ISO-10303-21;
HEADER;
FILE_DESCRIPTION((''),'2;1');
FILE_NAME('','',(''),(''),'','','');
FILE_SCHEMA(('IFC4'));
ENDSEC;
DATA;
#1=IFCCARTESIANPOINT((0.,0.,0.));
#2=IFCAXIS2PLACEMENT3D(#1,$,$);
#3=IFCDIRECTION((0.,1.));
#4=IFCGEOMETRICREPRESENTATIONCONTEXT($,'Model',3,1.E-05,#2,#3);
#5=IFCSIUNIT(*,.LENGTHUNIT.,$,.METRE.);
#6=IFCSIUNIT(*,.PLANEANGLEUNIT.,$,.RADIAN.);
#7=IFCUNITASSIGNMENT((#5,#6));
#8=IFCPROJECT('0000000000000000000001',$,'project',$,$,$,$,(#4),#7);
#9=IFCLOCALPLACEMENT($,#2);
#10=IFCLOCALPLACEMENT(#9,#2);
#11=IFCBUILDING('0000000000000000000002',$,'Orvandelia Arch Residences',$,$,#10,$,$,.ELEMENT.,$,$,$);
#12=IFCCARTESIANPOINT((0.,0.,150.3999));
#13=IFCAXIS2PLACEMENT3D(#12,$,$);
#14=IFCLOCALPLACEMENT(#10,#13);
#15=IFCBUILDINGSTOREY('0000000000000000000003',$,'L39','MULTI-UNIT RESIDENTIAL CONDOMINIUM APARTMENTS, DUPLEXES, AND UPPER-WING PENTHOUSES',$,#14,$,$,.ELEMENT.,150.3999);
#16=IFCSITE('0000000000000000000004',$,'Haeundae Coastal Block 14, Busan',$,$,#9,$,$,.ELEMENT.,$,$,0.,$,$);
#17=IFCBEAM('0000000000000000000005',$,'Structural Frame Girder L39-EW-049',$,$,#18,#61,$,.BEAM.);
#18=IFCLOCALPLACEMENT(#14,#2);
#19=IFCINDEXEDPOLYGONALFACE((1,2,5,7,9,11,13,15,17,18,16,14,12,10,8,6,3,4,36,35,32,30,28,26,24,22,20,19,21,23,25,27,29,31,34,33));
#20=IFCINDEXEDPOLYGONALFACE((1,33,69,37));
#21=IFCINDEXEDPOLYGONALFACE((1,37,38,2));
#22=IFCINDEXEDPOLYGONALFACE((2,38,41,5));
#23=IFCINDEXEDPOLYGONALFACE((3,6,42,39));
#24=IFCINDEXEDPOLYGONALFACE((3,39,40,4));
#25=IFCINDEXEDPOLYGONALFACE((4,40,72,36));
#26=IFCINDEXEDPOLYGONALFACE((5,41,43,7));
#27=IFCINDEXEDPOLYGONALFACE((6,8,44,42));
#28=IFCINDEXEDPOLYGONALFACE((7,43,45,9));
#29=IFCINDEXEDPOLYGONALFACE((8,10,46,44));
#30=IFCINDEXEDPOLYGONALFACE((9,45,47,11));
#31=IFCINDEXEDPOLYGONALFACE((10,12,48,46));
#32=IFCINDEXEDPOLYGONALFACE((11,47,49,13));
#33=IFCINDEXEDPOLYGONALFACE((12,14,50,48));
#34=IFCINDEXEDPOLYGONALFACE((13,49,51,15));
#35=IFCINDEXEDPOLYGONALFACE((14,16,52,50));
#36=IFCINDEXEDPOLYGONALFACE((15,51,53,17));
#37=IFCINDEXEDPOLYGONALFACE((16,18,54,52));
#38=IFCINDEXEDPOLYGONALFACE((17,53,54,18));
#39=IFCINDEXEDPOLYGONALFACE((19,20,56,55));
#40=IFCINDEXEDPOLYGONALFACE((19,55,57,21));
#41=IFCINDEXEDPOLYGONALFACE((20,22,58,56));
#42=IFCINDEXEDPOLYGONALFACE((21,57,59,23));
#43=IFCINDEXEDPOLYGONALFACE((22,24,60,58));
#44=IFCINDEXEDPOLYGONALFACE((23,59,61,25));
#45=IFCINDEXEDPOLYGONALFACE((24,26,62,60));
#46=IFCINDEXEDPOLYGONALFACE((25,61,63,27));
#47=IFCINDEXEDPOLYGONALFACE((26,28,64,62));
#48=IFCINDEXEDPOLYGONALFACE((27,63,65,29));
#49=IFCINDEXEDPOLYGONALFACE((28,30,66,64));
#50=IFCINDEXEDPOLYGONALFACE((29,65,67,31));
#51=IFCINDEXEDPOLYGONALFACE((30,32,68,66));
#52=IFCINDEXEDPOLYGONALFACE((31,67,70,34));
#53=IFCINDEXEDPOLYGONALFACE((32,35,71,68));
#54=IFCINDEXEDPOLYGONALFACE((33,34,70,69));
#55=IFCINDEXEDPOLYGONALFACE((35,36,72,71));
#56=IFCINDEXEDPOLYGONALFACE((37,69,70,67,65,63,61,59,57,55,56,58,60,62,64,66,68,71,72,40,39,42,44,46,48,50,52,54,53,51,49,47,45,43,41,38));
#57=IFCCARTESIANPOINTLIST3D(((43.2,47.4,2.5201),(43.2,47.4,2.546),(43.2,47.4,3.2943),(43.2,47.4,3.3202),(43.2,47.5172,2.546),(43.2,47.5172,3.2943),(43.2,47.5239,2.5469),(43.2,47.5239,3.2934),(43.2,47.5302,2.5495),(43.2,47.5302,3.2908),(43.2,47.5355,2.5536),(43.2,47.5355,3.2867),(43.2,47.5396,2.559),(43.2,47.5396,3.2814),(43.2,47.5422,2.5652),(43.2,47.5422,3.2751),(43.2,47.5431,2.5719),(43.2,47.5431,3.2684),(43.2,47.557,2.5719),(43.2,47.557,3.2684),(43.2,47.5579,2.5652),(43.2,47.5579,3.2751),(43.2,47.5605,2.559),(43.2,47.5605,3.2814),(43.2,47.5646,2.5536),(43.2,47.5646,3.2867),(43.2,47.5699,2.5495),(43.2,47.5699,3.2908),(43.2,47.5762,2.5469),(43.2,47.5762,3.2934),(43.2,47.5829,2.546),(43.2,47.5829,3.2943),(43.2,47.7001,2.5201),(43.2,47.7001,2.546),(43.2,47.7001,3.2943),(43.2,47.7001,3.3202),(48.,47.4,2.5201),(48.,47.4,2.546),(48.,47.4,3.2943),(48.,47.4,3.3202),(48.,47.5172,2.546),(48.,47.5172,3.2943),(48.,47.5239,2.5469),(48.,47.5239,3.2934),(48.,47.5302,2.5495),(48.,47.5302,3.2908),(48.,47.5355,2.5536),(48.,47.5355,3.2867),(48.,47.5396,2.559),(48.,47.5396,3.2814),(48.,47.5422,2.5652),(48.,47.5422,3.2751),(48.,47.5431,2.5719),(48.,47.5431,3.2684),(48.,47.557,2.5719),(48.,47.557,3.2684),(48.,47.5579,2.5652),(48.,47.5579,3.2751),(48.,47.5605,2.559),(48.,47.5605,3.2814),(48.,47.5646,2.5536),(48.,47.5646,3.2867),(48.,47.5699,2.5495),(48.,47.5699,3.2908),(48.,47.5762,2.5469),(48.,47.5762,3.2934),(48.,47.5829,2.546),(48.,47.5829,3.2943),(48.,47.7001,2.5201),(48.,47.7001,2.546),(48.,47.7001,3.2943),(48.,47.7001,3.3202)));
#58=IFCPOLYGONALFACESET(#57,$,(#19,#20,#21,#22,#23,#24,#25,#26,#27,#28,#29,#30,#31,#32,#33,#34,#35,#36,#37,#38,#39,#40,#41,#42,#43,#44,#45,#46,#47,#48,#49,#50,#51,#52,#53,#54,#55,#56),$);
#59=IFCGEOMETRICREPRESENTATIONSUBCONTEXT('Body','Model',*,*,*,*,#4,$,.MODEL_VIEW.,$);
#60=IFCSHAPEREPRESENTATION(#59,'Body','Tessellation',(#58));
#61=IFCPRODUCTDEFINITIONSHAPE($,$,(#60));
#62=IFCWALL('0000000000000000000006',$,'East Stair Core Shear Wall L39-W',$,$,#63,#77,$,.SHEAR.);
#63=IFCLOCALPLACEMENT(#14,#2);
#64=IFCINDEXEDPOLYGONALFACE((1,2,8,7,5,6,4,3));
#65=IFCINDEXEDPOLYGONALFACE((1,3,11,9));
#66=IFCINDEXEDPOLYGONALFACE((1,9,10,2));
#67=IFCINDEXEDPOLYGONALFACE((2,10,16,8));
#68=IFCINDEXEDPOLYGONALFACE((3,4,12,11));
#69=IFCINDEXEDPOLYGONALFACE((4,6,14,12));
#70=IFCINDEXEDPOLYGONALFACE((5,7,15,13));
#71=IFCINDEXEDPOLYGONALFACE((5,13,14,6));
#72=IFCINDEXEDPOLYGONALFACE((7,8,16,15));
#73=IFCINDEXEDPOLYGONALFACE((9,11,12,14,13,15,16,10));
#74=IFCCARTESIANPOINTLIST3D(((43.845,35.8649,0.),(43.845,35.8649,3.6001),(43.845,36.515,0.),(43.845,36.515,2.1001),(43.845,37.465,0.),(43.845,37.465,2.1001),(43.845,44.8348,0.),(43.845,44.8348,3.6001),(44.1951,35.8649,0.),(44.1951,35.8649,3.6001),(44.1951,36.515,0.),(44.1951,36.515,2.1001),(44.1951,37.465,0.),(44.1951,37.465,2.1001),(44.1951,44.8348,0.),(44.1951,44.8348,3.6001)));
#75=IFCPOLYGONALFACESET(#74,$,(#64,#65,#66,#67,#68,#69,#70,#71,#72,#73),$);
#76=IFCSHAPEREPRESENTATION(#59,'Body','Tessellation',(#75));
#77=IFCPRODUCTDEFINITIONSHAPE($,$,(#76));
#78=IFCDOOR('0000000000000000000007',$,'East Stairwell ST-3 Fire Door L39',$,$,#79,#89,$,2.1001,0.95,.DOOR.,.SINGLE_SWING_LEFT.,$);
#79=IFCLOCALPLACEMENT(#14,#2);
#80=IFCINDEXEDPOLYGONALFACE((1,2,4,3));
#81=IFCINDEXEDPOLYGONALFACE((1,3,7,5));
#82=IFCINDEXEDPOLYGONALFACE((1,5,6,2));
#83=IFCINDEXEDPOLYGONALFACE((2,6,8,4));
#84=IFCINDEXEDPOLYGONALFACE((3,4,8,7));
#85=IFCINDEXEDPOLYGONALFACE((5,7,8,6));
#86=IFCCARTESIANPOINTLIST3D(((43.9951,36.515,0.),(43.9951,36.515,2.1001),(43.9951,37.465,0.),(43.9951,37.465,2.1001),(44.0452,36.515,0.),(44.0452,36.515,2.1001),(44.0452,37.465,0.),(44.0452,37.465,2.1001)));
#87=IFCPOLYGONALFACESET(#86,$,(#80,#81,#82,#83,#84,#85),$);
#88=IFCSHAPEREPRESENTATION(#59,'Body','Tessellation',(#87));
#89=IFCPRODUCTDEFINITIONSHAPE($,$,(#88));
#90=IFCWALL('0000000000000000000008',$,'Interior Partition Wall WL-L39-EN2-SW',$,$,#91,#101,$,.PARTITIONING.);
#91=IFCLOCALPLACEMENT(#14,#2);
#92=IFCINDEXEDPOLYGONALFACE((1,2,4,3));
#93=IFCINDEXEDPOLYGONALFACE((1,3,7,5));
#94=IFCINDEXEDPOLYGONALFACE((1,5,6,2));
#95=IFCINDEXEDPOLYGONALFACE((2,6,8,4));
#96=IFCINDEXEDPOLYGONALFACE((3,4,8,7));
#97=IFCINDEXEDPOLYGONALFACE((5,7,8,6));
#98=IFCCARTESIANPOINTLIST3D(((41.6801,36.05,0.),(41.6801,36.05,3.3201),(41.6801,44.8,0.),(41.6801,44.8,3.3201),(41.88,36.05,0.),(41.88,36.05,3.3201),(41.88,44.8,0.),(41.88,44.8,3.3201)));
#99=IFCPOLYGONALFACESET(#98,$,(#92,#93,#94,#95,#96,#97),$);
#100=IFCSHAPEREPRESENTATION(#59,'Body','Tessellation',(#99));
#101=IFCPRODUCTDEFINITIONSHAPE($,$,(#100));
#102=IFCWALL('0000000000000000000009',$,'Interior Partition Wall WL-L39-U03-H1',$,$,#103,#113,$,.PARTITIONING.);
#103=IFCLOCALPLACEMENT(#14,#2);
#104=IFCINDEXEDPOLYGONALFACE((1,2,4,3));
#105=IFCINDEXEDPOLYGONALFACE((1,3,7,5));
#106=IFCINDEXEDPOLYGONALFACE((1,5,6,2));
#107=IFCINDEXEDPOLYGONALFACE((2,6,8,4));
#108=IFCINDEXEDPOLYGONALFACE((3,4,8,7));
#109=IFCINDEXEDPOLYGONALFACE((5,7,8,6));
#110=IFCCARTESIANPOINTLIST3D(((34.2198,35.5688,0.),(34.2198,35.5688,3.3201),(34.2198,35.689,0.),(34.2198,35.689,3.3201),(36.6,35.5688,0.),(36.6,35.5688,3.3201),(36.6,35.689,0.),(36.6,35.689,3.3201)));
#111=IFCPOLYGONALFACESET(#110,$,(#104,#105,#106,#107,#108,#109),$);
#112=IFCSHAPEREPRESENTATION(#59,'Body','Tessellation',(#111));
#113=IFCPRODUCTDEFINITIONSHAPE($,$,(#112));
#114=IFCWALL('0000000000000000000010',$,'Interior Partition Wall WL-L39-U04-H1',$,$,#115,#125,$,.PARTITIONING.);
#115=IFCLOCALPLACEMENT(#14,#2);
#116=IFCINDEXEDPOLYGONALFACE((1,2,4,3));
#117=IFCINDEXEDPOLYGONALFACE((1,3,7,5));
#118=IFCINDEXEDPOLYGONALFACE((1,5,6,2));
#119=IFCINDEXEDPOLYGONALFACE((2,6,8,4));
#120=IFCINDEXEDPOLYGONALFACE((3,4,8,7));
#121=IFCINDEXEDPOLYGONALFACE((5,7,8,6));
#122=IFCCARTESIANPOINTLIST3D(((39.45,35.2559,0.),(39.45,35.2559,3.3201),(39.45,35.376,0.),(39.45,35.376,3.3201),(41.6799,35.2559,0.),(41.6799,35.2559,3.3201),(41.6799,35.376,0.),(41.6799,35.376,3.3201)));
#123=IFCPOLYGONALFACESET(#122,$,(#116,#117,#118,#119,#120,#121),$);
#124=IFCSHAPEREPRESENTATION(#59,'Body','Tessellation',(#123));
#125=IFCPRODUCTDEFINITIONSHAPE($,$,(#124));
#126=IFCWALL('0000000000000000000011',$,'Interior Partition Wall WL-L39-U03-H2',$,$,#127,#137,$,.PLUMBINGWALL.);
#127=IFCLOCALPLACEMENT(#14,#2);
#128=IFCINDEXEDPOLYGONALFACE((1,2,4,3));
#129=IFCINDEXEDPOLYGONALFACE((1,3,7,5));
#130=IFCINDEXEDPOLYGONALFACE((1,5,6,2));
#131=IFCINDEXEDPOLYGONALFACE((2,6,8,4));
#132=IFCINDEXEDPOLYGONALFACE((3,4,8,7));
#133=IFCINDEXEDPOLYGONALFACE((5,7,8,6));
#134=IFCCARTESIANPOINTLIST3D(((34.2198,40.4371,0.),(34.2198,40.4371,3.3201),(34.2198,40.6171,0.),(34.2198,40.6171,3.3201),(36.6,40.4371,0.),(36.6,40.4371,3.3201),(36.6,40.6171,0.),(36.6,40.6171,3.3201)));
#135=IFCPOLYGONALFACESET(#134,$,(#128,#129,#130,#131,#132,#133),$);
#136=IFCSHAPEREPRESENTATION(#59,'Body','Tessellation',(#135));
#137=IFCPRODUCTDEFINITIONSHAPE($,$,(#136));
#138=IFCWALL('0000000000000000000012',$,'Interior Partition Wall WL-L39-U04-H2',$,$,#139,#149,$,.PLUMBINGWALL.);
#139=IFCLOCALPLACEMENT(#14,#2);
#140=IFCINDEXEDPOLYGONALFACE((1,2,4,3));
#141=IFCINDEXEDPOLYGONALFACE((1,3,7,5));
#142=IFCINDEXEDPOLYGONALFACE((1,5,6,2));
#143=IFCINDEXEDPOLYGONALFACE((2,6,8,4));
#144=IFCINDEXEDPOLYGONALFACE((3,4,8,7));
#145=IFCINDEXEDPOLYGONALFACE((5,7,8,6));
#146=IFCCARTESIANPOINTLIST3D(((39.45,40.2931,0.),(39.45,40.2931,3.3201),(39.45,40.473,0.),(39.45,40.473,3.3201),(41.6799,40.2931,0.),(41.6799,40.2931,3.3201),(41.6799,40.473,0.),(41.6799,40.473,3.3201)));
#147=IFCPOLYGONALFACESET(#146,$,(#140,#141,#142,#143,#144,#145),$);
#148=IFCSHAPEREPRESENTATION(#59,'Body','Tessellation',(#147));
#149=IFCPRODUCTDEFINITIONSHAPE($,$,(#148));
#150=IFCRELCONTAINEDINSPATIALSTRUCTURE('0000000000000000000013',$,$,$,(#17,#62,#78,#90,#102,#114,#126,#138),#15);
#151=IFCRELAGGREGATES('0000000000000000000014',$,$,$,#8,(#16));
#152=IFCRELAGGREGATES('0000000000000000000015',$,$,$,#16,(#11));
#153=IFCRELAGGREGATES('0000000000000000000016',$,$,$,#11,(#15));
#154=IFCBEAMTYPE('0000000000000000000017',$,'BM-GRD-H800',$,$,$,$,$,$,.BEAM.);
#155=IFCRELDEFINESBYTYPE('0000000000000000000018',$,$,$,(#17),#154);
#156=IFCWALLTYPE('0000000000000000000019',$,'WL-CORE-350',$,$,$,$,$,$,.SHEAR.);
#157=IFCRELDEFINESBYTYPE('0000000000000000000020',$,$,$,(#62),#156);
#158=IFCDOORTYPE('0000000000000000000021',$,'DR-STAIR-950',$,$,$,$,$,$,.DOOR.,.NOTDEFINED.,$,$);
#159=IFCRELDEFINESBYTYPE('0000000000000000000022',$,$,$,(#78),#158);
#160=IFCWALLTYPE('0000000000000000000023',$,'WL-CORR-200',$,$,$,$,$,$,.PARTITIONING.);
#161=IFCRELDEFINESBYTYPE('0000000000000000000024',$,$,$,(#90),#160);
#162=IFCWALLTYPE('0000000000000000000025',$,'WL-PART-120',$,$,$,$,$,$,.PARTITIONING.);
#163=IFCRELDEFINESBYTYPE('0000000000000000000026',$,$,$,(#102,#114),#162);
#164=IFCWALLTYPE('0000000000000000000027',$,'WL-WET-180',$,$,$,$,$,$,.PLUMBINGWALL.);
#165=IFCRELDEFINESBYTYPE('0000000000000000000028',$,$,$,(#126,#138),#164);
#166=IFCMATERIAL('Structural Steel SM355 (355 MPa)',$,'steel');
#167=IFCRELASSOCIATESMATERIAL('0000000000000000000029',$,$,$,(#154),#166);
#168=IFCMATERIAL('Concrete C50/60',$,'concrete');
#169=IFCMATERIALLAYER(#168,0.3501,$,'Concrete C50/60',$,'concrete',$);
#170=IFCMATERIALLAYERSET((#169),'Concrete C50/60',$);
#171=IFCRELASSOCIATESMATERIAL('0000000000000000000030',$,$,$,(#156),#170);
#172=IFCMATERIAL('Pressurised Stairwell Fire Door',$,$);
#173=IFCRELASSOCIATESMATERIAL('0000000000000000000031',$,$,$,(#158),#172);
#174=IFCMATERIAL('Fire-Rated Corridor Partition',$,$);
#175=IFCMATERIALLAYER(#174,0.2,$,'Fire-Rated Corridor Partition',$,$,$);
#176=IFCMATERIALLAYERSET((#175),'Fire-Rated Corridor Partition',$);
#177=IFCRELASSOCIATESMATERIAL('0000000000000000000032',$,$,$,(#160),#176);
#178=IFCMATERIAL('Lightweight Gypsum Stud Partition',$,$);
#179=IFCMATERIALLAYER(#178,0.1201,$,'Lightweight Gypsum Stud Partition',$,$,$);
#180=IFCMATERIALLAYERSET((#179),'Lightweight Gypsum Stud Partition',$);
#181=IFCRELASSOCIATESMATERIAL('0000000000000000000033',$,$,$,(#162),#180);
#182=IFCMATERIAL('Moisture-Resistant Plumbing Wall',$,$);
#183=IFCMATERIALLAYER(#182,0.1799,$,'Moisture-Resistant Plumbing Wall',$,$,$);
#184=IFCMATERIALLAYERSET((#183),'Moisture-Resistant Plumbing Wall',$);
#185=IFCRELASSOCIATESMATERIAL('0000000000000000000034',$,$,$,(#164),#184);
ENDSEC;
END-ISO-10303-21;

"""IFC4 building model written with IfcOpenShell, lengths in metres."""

from ifc_helpers import new_model, si_unit, direction, frame, frame_2d, origin, origin_2d, place, context, subcontext, project, spatial, rectangle, i_section, extrude, material, layer, layer_set, material_profile, profile_set, type_object, element, fill, save


model = new_model("IFC4")

# Units and contexts
model_context = context("Model", 3, precision=1e-05, world=origin(), true_north=direction((0.0, 1.0)))
body_context = subcontext(model_context, "Body", "Model", "MODEL_VIEW")
ifc_project = project(units=[si_unit("LENGTHUNIT", "METRE"), si_unit("PLANEANGLEUNIT", "RADIAN")], contexts=[model_context])

# Site, building, storey
site_placement = place(None, origin())
site = spatial("IfcSite", under=ifc_project, at=site_placement, Name="Haeundae Coastal Block 14, Busan", CompositionType="ELEMENT", RefElevation=0.0)
building_placement = place(site_placement, origin())
building = spatial("IfcBuilding", under=site, at=building_placement, Name="Orvandelia Arch Residences", CompositionType="ELEMENT")
storey_placement = place(building_placement, frame((0.0, 0.0, 150.3999)))
storey = spatial("IfcBuildingStorey", under=building, at=storey_placement, Name="L39", Description="MULTI-UNIT RESIDENTIAL CONDOMINIUM APARTMENTS, DUPLEXES, AND UPPER-WING PENTHOUSES", CompositionType="ELEMENT", Elevation=150.3999)

# Beam
ifc_material_1 = material(Name="Structural Steel SM355 (355 MPa)", Category="steel")
ifc_material_profile_1 = material_profile(ifc_material_1, i_section(OverallWidth=0.3, OverallDepth=0.8, WebThickness=0.0139, FlangeThickness=0.0259, FilletRadius=0.0259, at=origin_2d()), Name="Structural Steel SM355 (355 MPa)", Category="steel")
ifc_profile_set_1 = profile_set([ifc_material_profile_1], Name="Structural Steel SM355 (355 MPa)")
beam_type = type_object("IfcBeamType", Name="BM-GRD-H800", PredefinedType="BEAM", material=ifc_profile_set_1)
for number, where, z_axis, x_axis, name in (
    (1, (43.2, 47.55, 2.9202), (1.0, 0.0, 0.0), (0.0, 1.0, 0.0), "Structural Frame Girder L39-EW-049"),
):
    element("IfcBeam", number, at=place(storey_placement, frame(where, z_axis=z_axis, x_axis=x_axis)), inside=storey, type_object=beam_type, Name=name, PredefinedType="BEAM", context=body_context, shape_type="SweptSolid", body=[
        extrude(i_section(OverallWidth=0.3, OverallDepth=0.8, WebThickness=0.0139, FlangeThickness=0.0259, FilletRadius=0.0259, at=origin_2d()), origin(), (0.0, 0.0, 1.0), 4.8),
    ])

# Wall, opening, door
ifc_material_2 = material(Name="Concrete C50/60", Category="concrete")
ifc_layer_1 = layer(ifc_material_2, 0.3501, Name="Concrete C50/60", Category="concrete")
ifc_layer_set_1 = layer_set([ifc_layer_1], Name="Concrete C50/60")
wall_type_1 = type_object("IfcWallType", Name="WL-CORE-350", PredefinedType="SHEAR", material=ifc_layer_set_1)
wall_1_placement = place(storey_placement, frame((44.02, 35.865, 0.0), z_axis=(0.0, 0.0, 1.0), x_axis=(0.0, 1.0, 0.0)))
wall_1 = element("IfcWall", 2, at=wall_1_placement, inside=storey, type_object=wall_type_1, Name="East Stair Core Shear Wall L39-W", PredefinedType="SHEAR", context=body_context, shape_type="SweptSolid", body=[
    extrude(rectangle(XDim=8.97, YDim=0.3501, at=frame_2d((4.4849, 0.0))), origin(), (0.0, 0.0, 1.0), 3.6001),
])
opening_1_placement = place(wall_1_placement, frame((0.6499, 0.0, 0.0)))
opening_1 = element("IfcOpeningElement", 3, at=opening_1_placement, cuts=wall_1, PredefinedType="OPENING", context=body_context, shape_type="SweptSolid", body=[
    extrude(rectangle(XDim=0.95, YDim=2.1001, at=frame_2d((0.4751, 1.05))), frame((0.0, 0.1851, 0.0), z_axis=(0.0, -1.0, 0.0), x_axis=(1.0, 0.0, 0.0)), (0.0, 0.0, 1.0), 0.3701),
])
ifc_material_3 = material(Name="Pressurised Stairwell Fire Door")
door_type_1 = type_object("IfcDoorType", Name="DR-STAIR-950", OperationType="NOTDEFINED", PredefinedType="DOOR", material=ifc_material_3)
door_1_placement = place(opening_1_placement, origin())
door_1 = element("IfcDoor", 4, at=door_1_placement, inside=storey, type_object=door_type_1, Name="East Stairwell ST-3 Fire Door L39", OperationType="SINGLE_SWING_LEFT", OverallHeight=2.1001, OverallWidth=0.95, PredefinedType="DOOR", context=body_context, shape_type="SweptSolid", body=[
    extrude(rectangle(XDim=0.95, YDim=2.1001, at=frame_2d((0.4751, 1.05))), frame((0.0, 0.0249, 0.0), z_axis=(0.0, -1.0, 0.0), x_axis=(1.0, 0.0, 0.0)), (0.0, 0.0, 1.0), 0.05),
])
fill(opening_1, door_1)

# Wall
ifc_material_4 = material(Name="Fire-Rated Corridor Partition")
ifc_layer_2 = layer(ifc_material_4, 0.2, Name="Fire-Rated Corridor Partition")
ifc_layer_set_2 = layer_set([ifc_layer_2], Name="Fire-Rated Corridor Partition")
wall_type_2 = type_object("IfcWallType", Name="WL-CORR-200", PredefinedType="PARTITIONING", material=ifc_layer_set_2)
wall_2_placement = place(storey_placement, frame((41.78, 36.05, 0.0), z_axis=(0.0, 0.0, 1.0), x_axis=(0.0, 1.0, 0.0)))
element("IfcWall", 5, at=wall_2_placement, inside=storey, type_object=wall_type_2, Name="Interior Partition Wall WL-L39-EN2-SW", PredefinedType="PARTITIONING", context=body_context, shape_type="SweptSolid", body=[
    extrude(rectangle(XDim=8.75, YDim=0.2, at=frame_2d((4.375, 0.0))), origin(), (0.0, 0.0, 1.0), 3.3201),
])

# Wall
ifc_material_5 = material(Name="Lightweight Gypsum Stud Partition")
ifc_layer_3 = layer(ifc_material_5, 0.1201, Name="Lightweight Gypsum Stud Partition")
ifc_layer_set_3 = layer_set([ifc_layer_3], Name="Lightweight Gypsum Stud Partition")
wall_type_3 = type_object("IfcWallType", Name="WL-PART-120", PredefinedType="PARTITIONING", material=ifc_layer_set_3)
wall_3_placement = place(storey_placement, frame((34.22, 35.6289, 0.0), z_axis=(0.0, 0.0, 1.0), x_axis=(1.0, 0.0, 0.0)))
element("IfcWall", 6, at=wall_3_placement, inside=storey, type_object=wall_type_3, Name="Interior Partition Wall WL-L39-U03-H1", PredefinedType="PARTITIONING", context=body_context, shape_type="SweptSolid", body=[
    extrude(rectangle(XDim=2.3801, YDim=0.1201, at=frame_2d((1.1899, 0.0))), origin(), (0.0, 0.0, 1.0), 3.3201),
])

# Walls
wall_4_placement = place(storey_placement, frame((39.45, 35.3159, 0.0), z_axis=(0.0, 0.0, 1.0), x_axis=(1.0, 0.0, 0.0)))
element("IfcWall", 7, at=wall_4_placement, inside=storey, type_object=wall_type_3, Name="Interior Partition Wall WL-L39-U04-H1", PredefinedType="PARTITIONING", context=body_context, shape_type="SweptSolid", body=[
    extrude(rectangle(XDim=2.23, YDim=0.1201, at=frame_2d((1.115, 0.0))), origin(), (0.0, 0.0, 1.0), 3.3201),
])
ifc_material_6 = material(Name="Moisture-Resistant Plumbing Wall")
ifc_layer_4 = layer(ifc_material_6, 0.1799, Name="Moisture-Resistant Plumbing Wall")
ifc_layer_set_4 = layer_set([ifc_layer_4], Name="Moisture-Resistant Plumbing Wall")
wall_type_4 = type_object("IfcWallType", Name="WL-WET-180", PredefinedType="PLUMBINGWALL", material=ifc_layer_set_4)
wall_5_placement = place(storey_placement, frame((34.22, 40.5271, 0.0), z_axis=(0.0, 0.0, 1.0), x_axis=(1.0, 0.0, 0.0)))
element("IfcWall", 8, at=wall_5_placement, inside=storey, type_object=wall_type_4, Name="Interior Partition Wall WL-L39-U03-H2", PredefinedType="PLUMBINGWALL", context=body_context, shape_type="SweptSolid", body=[
    extrude(rectangle(XDim=2.3801, YDim=0.1799, at=frame_2d((1.1899, 0.0))), origin(), (0.0, 0.0, 1.0), 3.3201),
])
wall_6_placement = place(storey_placement, frame((39.45, 40.3831, 0.0), z_axis=(0.0, 0.0, 1.0), x_axis=(1.0, 0.0, 0.0)))
element("IfcWall", 9, at=wall_6_placement, inside=storey, type_object=wall_type_4, Name="Interior Partition Wall WL-L39-U04-H2", PredefinedType="PLUMBINGWALL", context=body_context, shape_type="SweptSolid", body=[
    extrude(rectangle(XDim=2.23, YDim=0.1799, at=frame_2d((1.115, 0.0))), origin(), (0.0, 0.0, 1.0), 3.3201),
])

save(model, "model.ifc")
